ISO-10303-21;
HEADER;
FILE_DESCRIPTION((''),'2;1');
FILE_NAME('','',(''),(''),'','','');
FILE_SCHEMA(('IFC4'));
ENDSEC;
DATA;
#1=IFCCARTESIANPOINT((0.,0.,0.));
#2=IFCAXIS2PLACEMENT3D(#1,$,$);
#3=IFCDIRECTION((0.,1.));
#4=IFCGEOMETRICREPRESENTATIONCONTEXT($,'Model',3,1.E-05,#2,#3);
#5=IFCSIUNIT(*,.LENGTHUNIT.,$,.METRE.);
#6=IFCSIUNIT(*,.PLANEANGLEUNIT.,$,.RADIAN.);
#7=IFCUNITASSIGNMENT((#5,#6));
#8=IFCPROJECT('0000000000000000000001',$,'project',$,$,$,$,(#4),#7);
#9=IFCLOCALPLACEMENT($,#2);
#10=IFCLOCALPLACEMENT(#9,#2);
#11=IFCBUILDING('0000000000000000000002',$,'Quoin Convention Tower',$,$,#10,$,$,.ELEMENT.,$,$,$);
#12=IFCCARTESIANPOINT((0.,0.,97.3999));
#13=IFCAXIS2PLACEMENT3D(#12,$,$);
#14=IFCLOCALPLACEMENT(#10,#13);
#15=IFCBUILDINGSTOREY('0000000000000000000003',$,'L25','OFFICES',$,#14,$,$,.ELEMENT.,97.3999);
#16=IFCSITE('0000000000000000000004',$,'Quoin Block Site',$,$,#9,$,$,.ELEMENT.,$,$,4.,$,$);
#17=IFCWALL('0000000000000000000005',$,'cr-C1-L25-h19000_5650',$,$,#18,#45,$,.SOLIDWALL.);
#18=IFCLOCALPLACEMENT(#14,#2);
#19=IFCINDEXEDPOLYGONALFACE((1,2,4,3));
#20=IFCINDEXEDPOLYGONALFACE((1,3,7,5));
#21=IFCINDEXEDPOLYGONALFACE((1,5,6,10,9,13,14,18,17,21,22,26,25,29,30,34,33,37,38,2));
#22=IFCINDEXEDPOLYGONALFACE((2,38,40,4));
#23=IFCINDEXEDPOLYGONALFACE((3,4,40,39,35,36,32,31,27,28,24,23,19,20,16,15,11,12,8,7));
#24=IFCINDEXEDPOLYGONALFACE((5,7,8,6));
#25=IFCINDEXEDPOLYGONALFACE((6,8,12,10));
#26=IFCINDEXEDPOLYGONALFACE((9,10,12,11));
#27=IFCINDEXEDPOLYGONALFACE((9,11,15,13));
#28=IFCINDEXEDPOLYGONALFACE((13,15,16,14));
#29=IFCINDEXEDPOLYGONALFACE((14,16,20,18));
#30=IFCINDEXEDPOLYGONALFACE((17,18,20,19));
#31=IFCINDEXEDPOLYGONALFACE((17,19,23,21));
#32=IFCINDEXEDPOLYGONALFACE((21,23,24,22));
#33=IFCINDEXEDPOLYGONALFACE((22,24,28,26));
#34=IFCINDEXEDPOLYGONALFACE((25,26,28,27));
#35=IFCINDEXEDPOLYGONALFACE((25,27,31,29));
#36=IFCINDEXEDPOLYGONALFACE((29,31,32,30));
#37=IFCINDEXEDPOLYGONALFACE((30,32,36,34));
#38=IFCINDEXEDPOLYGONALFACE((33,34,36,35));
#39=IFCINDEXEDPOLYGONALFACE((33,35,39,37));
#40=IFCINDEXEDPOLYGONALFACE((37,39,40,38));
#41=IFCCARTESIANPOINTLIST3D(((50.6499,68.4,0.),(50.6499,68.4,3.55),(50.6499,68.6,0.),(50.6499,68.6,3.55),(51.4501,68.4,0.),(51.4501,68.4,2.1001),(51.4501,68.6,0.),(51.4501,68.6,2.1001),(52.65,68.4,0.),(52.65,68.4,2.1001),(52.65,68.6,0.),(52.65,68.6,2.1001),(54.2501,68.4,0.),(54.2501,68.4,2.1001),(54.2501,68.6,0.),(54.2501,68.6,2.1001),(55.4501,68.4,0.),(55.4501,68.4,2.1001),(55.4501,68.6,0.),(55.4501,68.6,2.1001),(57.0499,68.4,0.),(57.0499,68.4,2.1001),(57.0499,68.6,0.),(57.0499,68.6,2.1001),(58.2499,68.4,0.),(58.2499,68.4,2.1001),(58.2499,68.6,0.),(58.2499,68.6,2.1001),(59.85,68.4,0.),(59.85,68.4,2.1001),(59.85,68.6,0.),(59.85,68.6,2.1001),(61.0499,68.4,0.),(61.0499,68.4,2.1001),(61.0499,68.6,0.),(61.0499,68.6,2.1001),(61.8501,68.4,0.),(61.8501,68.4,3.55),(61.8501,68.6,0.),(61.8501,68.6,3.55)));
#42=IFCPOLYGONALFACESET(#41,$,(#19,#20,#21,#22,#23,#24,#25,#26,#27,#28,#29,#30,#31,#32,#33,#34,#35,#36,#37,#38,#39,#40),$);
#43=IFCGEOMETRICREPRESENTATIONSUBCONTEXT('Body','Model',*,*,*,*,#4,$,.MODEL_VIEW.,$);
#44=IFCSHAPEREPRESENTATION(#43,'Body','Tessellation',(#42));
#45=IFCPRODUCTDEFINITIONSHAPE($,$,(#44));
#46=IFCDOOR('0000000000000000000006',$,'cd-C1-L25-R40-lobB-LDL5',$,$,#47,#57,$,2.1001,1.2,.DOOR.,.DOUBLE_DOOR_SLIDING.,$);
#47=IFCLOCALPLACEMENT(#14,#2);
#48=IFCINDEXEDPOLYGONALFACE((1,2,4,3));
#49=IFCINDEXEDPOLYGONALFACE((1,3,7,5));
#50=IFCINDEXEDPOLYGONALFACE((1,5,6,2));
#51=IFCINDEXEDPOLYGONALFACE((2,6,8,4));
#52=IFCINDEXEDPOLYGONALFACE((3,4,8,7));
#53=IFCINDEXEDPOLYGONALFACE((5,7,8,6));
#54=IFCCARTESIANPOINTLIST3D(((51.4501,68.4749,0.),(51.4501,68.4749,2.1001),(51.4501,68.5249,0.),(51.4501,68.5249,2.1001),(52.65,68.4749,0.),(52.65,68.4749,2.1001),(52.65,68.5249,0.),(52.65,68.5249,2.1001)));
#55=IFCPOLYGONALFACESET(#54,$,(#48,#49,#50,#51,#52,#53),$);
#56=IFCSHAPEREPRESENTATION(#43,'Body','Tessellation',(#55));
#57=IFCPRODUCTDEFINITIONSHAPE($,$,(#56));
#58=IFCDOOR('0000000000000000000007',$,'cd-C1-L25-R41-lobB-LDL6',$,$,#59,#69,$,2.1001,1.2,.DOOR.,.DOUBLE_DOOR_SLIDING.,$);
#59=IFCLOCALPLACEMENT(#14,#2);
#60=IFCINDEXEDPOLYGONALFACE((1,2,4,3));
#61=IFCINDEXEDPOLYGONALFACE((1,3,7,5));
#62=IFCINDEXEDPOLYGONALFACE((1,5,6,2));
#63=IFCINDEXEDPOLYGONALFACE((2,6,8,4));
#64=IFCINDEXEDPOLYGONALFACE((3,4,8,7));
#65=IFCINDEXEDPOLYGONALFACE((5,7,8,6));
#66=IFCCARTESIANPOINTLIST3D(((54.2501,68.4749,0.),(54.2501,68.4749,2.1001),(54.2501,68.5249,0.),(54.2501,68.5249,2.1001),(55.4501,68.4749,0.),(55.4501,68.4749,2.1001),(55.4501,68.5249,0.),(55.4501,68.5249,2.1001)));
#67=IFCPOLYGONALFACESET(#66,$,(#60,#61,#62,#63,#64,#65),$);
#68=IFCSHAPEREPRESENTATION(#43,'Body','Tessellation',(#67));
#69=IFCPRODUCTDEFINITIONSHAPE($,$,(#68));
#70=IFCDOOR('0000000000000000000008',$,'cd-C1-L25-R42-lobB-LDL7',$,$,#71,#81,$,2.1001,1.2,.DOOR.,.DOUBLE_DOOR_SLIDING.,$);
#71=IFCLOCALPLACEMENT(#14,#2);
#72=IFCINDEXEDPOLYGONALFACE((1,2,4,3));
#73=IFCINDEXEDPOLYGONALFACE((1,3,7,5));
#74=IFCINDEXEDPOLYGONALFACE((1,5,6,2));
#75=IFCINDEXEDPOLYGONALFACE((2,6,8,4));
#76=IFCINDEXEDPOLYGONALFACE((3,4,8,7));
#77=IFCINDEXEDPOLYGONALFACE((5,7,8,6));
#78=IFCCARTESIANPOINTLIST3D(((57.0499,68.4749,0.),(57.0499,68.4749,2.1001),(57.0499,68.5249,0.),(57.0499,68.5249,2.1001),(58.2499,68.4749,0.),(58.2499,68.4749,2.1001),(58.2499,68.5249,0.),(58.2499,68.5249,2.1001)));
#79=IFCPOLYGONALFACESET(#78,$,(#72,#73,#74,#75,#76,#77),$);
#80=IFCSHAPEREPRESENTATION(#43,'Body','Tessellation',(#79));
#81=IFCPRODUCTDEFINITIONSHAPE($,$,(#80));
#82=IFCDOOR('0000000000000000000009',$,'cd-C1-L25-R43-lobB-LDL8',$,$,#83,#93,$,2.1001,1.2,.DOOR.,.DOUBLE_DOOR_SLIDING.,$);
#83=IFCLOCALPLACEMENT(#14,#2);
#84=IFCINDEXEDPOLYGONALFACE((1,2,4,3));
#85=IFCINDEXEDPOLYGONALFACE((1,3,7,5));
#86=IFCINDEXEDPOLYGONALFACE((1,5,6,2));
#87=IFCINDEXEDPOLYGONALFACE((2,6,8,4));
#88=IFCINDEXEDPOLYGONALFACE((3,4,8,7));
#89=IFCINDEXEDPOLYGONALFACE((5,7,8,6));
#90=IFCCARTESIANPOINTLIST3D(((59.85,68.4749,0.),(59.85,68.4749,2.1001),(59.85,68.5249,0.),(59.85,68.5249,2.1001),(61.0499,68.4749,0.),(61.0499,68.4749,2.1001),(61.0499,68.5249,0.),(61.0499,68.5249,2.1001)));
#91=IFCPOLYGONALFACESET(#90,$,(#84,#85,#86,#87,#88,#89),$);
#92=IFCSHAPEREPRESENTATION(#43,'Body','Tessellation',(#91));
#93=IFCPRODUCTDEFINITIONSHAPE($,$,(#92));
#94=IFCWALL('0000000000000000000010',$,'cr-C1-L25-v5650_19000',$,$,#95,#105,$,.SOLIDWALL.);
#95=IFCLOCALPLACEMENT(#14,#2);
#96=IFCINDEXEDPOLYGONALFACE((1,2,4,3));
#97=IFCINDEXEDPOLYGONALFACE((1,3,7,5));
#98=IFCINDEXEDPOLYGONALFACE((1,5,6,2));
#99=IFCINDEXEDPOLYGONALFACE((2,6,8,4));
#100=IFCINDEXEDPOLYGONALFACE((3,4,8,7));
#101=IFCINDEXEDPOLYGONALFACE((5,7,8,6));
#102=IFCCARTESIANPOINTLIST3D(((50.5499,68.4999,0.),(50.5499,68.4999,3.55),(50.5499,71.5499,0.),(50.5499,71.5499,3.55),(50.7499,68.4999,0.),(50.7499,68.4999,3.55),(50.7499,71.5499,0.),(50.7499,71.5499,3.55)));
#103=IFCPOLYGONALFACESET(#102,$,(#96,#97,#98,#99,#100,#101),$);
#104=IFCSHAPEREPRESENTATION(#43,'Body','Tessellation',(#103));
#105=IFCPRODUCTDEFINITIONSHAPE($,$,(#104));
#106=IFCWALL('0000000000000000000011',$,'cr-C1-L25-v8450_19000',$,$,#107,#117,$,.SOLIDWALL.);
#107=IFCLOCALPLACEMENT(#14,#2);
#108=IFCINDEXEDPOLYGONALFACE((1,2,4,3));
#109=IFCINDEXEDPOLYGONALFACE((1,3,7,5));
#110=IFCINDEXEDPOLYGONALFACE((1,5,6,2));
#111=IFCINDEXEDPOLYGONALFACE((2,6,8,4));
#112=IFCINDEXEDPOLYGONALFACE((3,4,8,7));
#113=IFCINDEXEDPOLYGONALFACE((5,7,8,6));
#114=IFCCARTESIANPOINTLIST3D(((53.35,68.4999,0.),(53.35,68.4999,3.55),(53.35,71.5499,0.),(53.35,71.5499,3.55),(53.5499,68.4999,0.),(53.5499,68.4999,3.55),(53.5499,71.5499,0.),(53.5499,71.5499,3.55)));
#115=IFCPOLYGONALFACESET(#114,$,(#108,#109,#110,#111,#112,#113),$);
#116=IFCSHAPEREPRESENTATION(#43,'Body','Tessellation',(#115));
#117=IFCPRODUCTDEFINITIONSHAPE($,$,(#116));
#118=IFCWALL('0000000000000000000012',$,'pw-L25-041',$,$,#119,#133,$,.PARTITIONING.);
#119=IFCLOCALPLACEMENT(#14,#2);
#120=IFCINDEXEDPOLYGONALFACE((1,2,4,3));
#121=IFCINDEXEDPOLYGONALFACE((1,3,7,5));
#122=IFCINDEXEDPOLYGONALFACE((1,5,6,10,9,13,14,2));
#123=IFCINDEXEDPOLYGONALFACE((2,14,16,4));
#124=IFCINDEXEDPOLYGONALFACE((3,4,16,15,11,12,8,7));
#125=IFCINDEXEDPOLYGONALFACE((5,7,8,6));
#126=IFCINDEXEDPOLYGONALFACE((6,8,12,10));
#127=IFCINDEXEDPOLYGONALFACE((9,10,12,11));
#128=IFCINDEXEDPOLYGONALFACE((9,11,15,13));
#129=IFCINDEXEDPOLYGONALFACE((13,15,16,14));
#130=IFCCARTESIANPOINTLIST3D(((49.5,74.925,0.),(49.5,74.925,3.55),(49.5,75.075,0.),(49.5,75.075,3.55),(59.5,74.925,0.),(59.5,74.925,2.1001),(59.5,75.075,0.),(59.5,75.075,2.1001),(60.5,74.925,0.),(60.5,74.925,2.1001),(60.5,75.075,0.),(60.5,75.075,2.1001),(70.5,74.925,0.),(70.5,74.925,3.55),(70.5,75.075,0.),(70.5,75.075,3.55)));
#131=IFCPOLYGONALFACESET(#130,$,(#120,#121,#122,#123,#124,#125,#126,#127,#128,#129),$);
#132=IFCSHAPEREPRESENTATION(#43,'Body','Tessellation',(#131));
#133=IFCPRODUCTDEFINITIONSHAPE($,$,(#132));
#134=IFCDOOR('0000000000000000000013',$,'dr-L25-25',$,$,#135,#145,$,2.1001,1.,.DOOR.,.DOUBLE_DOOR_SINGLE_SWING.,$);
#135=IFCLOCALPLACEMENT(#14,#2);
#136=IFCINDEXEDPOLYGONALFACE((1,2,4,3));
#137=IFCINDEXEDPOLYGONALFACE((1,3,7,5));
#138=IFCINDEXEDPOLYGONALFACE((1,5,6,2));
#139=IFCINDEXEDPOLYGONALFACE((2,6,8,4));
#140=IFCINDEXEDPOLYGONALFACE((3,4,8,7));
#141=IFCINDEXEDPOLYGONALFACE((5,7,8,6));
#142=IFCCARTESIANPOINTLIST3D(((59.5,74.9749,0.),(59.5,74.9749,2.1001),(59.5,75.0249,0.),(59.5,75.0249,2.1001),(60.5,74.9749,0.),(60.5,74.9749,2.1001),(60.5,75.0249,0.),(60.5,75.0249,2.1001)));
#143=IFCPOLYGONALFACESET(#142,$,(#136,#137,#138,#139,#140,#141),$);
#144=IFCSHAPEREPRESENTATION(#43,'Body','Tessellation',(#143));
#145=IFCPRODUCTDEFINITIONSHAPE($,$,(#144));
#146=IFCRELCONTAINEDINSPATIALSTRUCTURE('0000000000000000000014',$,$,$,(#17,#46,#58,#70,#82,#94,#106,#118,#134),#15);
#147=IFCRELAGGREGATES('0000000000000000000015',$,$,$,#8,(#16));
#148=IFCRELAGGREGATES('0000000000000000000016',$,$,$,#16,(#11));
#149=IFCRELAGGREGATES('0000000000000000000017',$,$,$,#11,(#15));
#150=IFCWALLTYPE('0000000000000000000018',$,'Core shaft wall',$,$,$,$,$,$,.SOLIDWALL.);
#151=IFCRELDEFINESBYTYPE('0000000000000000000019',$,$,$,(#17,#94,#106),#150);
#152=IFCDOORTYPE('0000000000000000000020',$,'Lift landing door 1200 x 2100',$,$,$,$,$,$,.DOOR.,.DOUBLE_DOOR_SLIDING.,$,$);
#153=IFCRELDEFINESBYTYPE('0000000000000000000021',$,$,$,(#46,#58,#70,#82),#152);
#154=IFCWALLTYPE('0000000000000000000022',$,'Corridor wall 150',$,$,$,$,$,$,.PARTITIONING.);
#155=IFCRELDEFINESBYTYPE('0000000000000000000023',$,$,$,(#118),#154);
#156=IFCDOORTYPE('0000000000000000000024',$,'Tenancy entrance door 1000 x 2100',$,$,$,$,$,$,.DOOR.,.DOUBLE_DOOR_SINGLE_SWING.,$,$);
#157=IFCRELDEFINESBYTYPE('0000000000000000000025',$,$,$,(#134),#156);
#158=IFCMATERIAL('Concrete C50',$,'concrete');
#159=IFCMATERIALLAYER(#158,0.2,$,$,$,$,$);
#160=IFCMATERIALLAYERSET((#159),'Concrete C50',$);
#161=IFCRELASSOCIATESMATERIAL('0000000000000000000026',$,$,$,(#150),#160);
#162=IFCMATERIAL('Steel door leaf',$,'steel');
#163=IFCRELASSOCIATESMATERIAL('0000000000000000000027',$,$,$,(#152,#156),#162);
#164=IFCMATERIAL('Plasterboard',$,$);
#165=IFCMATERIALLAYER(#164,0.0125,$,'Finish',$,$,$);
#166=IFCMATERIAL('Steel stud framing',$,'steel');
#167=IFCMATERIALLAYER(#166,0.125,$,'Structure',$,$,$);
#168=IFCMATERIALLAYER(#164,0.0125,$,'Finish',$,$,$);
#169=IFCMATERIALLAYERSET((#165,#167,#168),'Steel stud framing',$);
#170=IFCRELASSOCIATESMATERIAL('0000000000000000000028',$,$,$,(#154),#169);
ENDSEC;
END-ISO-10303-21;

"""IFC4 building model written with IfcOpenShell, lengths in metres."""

from ifc_helpers import new_model, si_unit, direction, frame, frame_2d, origin, place, context, subcontext, project, spatial, rectangle, extrude, material, layer, layer_set, type_object, element, fill, save


model = new_model("IFC4")

# Units and contexts
model_context = context("Model", 3, precision=1e-05, world=origin(), true_north=direction((0.0, 1.0)))
body_context = subcontext(model_context, "Body", "Model", "MODEL_VIEW")
ifc_project = project(units=[si_unit("LENGTHUNIT", "METRE"), si_unit("PLANEANGLEUNIT", "RADIAN")], contexts=[model_context])

# Site, building, storey
site_placement = place(None, origin())
site = spatial("IfcSite", under=ifc_project, at=site_placement, Name="Quoin Block Site", CompositionType="ELEMENT", RefElevation=4.0)
building_placement = place(site_placement, origin())
building = spatial("IfcBuilding", under=site, at=building_placement, Name="Quoin Convention Tower", CompositionType="ELEMENT")
storey_placement = place(building_placement, frame((0.0, 0.0, 97.3999)))
storey = spatial("IfcBuildingStorey", under=building, at=storey_placement, Name="L25", Description="OFFICES", CompositionType="ELEMENT", Elevation=97.3999)

# Wall, openings, doors
ifc_material_1 = material(Name="Concrete C50", Category="concrete")
ifc_layer_1 = layer(ifc_material_1, 0.2)
ifc_layer_set_1 = layer_set([ifc_layer_1], Name="Concrete C50")
wall_type_1 = type_object("IfcWallType", Name="Core shaft wall", PredefinedType="SOLIDWALL", material=ifc_layer_set_1)
wall_1_placement = place(storey_placement, frame((50.6499, 68.5, 0.0), z_axis=(0.0, 0.0, 1.0), x_axis=(1.0, 0.0, 0.0)))
wall_1 = element("IfcWall", 1, at=wall_1_placement, inside=storey, type_object=wall_type_1, Name="cr-C1-L25-h19000_5650", PredefinedType="SOLIDWALL", context=body_context, shape_type="SweptSolid", body=[
    extrude(rectangle(XDim=11.2002, YDim=0.2, at=frame_2d((5.6001, 0.0))), origin(), (0.0, 0.0, 1.0), 3.55),
])
opening_1_placement = place(wall_1_placement, frame((0.8, 0.0, 0.0)))
opening_1 = element("IfcOpeningElement", 2, at=opening_1_placement, cuts=wall_1, PredefinedType="OPENING", context=body_context, shape_type="SweptSolid", body=[
    extrude(rectangle(XDim=1.2, YDim=2.1001, at=frame_2d((0.6001, 1.05))), frame((0.0, 0.1099, 0.0), z_axis=(0.0, -1.0, 0.0), x_axis=(1.0, 0.0, 0.0)), (0.0, 0.0, 1.0), 0.22),
])
opening_2_placement = place(wall_1_placement, frame((3.6001, 0.0, 0.0)))
opening_2 = element("IfcOpeningElement", 3, at=opening_2_placement, cuts=wall_1, PredefinedType="OPENING", context=body_context, shape_type="SweptSolid", body=[
    extrude(rectangle(XDim=1.2, YDim=2.1001, at=frame_2d((0.6001, 1.05))), frame((0.0, 0.1099, 0.0), z_axis=(0.0, -1.0, 0.0), x_axis=(1.0, 0.0, 0.0)), (0.0, 0.0, 1.0), 0.22),
])
opening_3_placement = place(wall_1_placement, frame((6.3999, 0.0, 0.0)))
opening_3 = element("IfcOpeningElement", 4, at=opening_3_placement, cuts=wall_1, PredefinedType="OPENING", context=body_context, shape_type="SweptSolid", body=[
    extrude(rectangle(XDim=1.2, YDim=2.1001, at=frame_2d((0.6001, 1.05))), frame((0.0, 0.1099, 0.0), z_axis=(0.0, -1.0, 0.0), x_axis=(1.0, 0.0, 0.0)), (0.0, 0.0, 1.0), 0.22),
])
opening_4_placement = place(wall_1_placement, frame((9.2, 0.0, 0.0)))
opening_4 = element("IfcOpeningElement", 5, at=opening_4_placement, cuts=wall_1, PredefinedType="OPENING", context=body_context, shape_type="SweptSolid", body=[
    extrude(rectangle(XDim=1.2, YDim=2.1001, at=frame_2d((0.6001, 1.05))), frame((0.0, 0.1099, 0.0), z_axis=(0.0, -1.0, 0.0), x_axis=(1.0, 0.0, 0.0)), (0.0, 0.0, 1.0), 0.22),
])
ifc_material_2 = material(Name="Steel door leaf", Category="steel")
door_type_1 = type_object("IfcDoorType", Name="Lift landing door 1200 x 2100", OperationType="DOUBLE_DOOR_SLIDING", PredefinedType="DOOR", material=ifc_material_2)
door_1_placement = place(opening_1_placement, origin())
door_1 = element("IfcDoor", 6, at=door_1_placement, inside=storey, type_object=door_type_1, Name="cd-C1-L25-R40-lobB-LDL5", OperationType="DOUBLE_DOOR_SLIDING", OverallHeight=2.1001, OverallWidth=1.2, PredefinedType="DOOR", context=body_context, shape_type="SweptSolid", body=[
    extrude(rectangle(XDim=1.2, YDim=2.1001, at=frame_2d((0.6001, 1.05))), frame((0.0, 0.0249, 0.0), z_axis=(0.0, -1.0, 0.0), x_axis=(1.0, 0.0, 0.0)), (0.0, 0.0, 1.0), 0.05),
])
fill(opening_1, door_1)
door_2_placement = place(opening_2_placement, origin())
door_2 = element("IfcDoor", 7, at=door_2_placement, inside=storey, type_object=door_type_1, Name="cd-C1-L25-R41-lobB-LDL6", OperationType="DOUBLE_DOOR_SLIDING", OverallHeight=2.1001, OverallWidth=1.2, PredefinedType="DOOR", context=body_context, shape_type="SweptSolid", body=[
    extrude(rectangle(XDim=1.2, YDim=2.1001, at=frame_2d((0.6001, 1.05))), frame((0.0, 0.0249, 0.0), z_axis=(0.0, -1.0, 0.0), x_axis=(1.0, 0.0, 0.0)), (0.0, 0.0, 1.0), 0.05),
])
fill(opening_2, door_2)
door_3_placement = place(opening_3_placement, origin())
door_3 = element("IfcDoor", 8, at=door_3_placement, inside=storey, type_object=door_type_1, Name="cd-C1-L25-R42-lobB-LDL7", OperationType="DOUBLE_DOOR_SLIDING", OverallHeight=2.1001, OverallWidth=1.2, PredefinedType="DOOR", context=body_context, shape_type="SweptSolid", body=[
    extrude(rectangle(XDim=1.2, YDim=2.1001, at=frame_2d((0.6001, 1.05))), frame((0.0, 0.0249, 0.0), z_axis=(0.0, -1.0, 0.0), x_axis=(1.0, 0.0, 0.0)), (0.0, 0.0, 1.0), 0.05),
])
fill(opening_3, door_3)
door_4_placement = place(opening_4_placement, origin())
door_4 = element("IfcDoor", 9, at=door_4_placement, inside=storey, type_object=door_type_1, Name="cd-C1-L25-R43-lobB-LDL8", OperationType="DOUBLE_DOOR_SLIDING", OverallHeight=2.1001, OverallWidth=1.2, PredefinedType="DOOR", context=body_context, shape_type="SweptSolid", body=[
    extrude(rectangle(XDim=1.2, YDim=2.1001, at=frame_2d((0.6001, 1.05))), frame((0.0, 0.0249, 0.0), z_axis=(0.0, -1.0, 0.0), x_axis=(1.0, 0.0, 0.0)), (0.0, 0.0, 1.0), 0.05),
])
fill(opening_4, door_4)

# Walls
for number, where, z_axis, x_axis, name in (
    (10, (50.6499, 68.5, 0.0), (0.0, 0.0, 1.0), (0.0, 1.0, 0.0), "cr-C1-L25-v5650_19000"),
    (11, (53.45, 68.5, 0.0), (0.0, 0.0, 1.0), (0.0, 1.0, 0.0), "cr-C1-L25-v8450_19000"),
):
    element("IfcWall", number, at=place(storey_placement, frame(where, z_axis=z_axis, x_axis=x_axis)), inside=storey, type_object=wall_type_1, Name=name, PredefinedType="SOLIDWALL", context=body_context, shape_type="SweptSolid", body=[
        extrude(rectangle(XDim=3.05, YDim=0.2, at=frame_2d((1.5249, 0.0))), origin(), (0.0, 0.0, 1.0), 3.55),
    ])

# Wall, opening, door
ifc_material_3 = material(Name="Plasterboard")
ifc_layer_2 = layer(ifc_material_3, 0.0125, Name="Finish")
ifc_material_4 = material(Name="Steel stud framing", Category="steel")
ifc_layer_3 = layer(ifc_material_4, 0.125, Name="Structure")
ifc_layer_4 = layer(ifc_material_3, 0.0125, Name="Finish")
ifc_layer_set_2 = layer_set([ifc_layer_2, ifc_layer_3, ifc_layer_4], Name="Steel stud framing")
wall_type_2 = type_object("IfcWallType", Name="Corridor wall 150", PredefinedType="PARTITIONING", material=ifc_layer_set_2)
wall_2_placement = place(storey_placement, frame((49.5, 75.0, 0.0), z_axis=(0.0, 0.0, 1.0), x_axis=(1.0, 0.0, 0.0)))
wall_2 = element("IfcWall", 12, at=wall_2_placement, inside=storey, type_object=wall_type_2, Name="pw-L25-041", PredefinedType="PARTITIONING", context=body_context, shape_type="SweptSolid", body=[
    extrude(rectangle(XDim=21.0, YDim=0.1499, at=frame_2d((10.5, 0.0))), origin(), (0.0, 0.0, 1.0), 3.55),
])
opening_5_placement = place(wall_2_placement, frame((10.0, 0.0, 0.0)))
opening_5 = element("IfcOpeningElement", 13, at=opening_5_placement, cuts=wall_2, PredefinedType="OPENING", context=body_context, shape_type="SweptSolid", body=[
    extrude(rectangle(XDim=1.0, YDim=2.1001, at=frame_2d((0.5, 1.05))), frame((0.0, 0.085, 0.0), z_axis=(0.0, -1.0, 0.0), x_axis=(1.0, 0.0, 0.0)), (0.0, 0.0, 1.0), 0.1699),
])
door_type_2 = type_object("IfcDoorType", Name="Tenancy entrance door 1000 x 2100", OperationType="DOUBLE_DOOR_SINGLE_SWING", PredefinedType="DOOR", material=ifc_material_2)
door_5_placement = place(opening_5_placement, origin())
door_5 = element("IfcDoor", 14, at=door_5_placement, inside=storey, type_object=door_type_2, Name="dr-L25-25", OperationType="DOUBLE_DOOR_SINGLE_SWING", OverallHeight=2.1001, OverallWidth=1.0, PredefinedType="DOOR", context=body_context, shape_type="SweptSolid", body=[
    extrude(rectangle(XDim=1.0, YDim=2.1001, at=frame_2d((0.5, 1.05))), frame((0.0, 0.0249, 0.0), z_axis=(0.0, -1.0, 0.0), x_axis=(1.0, 0.0, 0.0)), (0.0, 0.0, 1.0), 0.05),
])
fill(opening_5, door_5)

save(model, "model.ifc")
